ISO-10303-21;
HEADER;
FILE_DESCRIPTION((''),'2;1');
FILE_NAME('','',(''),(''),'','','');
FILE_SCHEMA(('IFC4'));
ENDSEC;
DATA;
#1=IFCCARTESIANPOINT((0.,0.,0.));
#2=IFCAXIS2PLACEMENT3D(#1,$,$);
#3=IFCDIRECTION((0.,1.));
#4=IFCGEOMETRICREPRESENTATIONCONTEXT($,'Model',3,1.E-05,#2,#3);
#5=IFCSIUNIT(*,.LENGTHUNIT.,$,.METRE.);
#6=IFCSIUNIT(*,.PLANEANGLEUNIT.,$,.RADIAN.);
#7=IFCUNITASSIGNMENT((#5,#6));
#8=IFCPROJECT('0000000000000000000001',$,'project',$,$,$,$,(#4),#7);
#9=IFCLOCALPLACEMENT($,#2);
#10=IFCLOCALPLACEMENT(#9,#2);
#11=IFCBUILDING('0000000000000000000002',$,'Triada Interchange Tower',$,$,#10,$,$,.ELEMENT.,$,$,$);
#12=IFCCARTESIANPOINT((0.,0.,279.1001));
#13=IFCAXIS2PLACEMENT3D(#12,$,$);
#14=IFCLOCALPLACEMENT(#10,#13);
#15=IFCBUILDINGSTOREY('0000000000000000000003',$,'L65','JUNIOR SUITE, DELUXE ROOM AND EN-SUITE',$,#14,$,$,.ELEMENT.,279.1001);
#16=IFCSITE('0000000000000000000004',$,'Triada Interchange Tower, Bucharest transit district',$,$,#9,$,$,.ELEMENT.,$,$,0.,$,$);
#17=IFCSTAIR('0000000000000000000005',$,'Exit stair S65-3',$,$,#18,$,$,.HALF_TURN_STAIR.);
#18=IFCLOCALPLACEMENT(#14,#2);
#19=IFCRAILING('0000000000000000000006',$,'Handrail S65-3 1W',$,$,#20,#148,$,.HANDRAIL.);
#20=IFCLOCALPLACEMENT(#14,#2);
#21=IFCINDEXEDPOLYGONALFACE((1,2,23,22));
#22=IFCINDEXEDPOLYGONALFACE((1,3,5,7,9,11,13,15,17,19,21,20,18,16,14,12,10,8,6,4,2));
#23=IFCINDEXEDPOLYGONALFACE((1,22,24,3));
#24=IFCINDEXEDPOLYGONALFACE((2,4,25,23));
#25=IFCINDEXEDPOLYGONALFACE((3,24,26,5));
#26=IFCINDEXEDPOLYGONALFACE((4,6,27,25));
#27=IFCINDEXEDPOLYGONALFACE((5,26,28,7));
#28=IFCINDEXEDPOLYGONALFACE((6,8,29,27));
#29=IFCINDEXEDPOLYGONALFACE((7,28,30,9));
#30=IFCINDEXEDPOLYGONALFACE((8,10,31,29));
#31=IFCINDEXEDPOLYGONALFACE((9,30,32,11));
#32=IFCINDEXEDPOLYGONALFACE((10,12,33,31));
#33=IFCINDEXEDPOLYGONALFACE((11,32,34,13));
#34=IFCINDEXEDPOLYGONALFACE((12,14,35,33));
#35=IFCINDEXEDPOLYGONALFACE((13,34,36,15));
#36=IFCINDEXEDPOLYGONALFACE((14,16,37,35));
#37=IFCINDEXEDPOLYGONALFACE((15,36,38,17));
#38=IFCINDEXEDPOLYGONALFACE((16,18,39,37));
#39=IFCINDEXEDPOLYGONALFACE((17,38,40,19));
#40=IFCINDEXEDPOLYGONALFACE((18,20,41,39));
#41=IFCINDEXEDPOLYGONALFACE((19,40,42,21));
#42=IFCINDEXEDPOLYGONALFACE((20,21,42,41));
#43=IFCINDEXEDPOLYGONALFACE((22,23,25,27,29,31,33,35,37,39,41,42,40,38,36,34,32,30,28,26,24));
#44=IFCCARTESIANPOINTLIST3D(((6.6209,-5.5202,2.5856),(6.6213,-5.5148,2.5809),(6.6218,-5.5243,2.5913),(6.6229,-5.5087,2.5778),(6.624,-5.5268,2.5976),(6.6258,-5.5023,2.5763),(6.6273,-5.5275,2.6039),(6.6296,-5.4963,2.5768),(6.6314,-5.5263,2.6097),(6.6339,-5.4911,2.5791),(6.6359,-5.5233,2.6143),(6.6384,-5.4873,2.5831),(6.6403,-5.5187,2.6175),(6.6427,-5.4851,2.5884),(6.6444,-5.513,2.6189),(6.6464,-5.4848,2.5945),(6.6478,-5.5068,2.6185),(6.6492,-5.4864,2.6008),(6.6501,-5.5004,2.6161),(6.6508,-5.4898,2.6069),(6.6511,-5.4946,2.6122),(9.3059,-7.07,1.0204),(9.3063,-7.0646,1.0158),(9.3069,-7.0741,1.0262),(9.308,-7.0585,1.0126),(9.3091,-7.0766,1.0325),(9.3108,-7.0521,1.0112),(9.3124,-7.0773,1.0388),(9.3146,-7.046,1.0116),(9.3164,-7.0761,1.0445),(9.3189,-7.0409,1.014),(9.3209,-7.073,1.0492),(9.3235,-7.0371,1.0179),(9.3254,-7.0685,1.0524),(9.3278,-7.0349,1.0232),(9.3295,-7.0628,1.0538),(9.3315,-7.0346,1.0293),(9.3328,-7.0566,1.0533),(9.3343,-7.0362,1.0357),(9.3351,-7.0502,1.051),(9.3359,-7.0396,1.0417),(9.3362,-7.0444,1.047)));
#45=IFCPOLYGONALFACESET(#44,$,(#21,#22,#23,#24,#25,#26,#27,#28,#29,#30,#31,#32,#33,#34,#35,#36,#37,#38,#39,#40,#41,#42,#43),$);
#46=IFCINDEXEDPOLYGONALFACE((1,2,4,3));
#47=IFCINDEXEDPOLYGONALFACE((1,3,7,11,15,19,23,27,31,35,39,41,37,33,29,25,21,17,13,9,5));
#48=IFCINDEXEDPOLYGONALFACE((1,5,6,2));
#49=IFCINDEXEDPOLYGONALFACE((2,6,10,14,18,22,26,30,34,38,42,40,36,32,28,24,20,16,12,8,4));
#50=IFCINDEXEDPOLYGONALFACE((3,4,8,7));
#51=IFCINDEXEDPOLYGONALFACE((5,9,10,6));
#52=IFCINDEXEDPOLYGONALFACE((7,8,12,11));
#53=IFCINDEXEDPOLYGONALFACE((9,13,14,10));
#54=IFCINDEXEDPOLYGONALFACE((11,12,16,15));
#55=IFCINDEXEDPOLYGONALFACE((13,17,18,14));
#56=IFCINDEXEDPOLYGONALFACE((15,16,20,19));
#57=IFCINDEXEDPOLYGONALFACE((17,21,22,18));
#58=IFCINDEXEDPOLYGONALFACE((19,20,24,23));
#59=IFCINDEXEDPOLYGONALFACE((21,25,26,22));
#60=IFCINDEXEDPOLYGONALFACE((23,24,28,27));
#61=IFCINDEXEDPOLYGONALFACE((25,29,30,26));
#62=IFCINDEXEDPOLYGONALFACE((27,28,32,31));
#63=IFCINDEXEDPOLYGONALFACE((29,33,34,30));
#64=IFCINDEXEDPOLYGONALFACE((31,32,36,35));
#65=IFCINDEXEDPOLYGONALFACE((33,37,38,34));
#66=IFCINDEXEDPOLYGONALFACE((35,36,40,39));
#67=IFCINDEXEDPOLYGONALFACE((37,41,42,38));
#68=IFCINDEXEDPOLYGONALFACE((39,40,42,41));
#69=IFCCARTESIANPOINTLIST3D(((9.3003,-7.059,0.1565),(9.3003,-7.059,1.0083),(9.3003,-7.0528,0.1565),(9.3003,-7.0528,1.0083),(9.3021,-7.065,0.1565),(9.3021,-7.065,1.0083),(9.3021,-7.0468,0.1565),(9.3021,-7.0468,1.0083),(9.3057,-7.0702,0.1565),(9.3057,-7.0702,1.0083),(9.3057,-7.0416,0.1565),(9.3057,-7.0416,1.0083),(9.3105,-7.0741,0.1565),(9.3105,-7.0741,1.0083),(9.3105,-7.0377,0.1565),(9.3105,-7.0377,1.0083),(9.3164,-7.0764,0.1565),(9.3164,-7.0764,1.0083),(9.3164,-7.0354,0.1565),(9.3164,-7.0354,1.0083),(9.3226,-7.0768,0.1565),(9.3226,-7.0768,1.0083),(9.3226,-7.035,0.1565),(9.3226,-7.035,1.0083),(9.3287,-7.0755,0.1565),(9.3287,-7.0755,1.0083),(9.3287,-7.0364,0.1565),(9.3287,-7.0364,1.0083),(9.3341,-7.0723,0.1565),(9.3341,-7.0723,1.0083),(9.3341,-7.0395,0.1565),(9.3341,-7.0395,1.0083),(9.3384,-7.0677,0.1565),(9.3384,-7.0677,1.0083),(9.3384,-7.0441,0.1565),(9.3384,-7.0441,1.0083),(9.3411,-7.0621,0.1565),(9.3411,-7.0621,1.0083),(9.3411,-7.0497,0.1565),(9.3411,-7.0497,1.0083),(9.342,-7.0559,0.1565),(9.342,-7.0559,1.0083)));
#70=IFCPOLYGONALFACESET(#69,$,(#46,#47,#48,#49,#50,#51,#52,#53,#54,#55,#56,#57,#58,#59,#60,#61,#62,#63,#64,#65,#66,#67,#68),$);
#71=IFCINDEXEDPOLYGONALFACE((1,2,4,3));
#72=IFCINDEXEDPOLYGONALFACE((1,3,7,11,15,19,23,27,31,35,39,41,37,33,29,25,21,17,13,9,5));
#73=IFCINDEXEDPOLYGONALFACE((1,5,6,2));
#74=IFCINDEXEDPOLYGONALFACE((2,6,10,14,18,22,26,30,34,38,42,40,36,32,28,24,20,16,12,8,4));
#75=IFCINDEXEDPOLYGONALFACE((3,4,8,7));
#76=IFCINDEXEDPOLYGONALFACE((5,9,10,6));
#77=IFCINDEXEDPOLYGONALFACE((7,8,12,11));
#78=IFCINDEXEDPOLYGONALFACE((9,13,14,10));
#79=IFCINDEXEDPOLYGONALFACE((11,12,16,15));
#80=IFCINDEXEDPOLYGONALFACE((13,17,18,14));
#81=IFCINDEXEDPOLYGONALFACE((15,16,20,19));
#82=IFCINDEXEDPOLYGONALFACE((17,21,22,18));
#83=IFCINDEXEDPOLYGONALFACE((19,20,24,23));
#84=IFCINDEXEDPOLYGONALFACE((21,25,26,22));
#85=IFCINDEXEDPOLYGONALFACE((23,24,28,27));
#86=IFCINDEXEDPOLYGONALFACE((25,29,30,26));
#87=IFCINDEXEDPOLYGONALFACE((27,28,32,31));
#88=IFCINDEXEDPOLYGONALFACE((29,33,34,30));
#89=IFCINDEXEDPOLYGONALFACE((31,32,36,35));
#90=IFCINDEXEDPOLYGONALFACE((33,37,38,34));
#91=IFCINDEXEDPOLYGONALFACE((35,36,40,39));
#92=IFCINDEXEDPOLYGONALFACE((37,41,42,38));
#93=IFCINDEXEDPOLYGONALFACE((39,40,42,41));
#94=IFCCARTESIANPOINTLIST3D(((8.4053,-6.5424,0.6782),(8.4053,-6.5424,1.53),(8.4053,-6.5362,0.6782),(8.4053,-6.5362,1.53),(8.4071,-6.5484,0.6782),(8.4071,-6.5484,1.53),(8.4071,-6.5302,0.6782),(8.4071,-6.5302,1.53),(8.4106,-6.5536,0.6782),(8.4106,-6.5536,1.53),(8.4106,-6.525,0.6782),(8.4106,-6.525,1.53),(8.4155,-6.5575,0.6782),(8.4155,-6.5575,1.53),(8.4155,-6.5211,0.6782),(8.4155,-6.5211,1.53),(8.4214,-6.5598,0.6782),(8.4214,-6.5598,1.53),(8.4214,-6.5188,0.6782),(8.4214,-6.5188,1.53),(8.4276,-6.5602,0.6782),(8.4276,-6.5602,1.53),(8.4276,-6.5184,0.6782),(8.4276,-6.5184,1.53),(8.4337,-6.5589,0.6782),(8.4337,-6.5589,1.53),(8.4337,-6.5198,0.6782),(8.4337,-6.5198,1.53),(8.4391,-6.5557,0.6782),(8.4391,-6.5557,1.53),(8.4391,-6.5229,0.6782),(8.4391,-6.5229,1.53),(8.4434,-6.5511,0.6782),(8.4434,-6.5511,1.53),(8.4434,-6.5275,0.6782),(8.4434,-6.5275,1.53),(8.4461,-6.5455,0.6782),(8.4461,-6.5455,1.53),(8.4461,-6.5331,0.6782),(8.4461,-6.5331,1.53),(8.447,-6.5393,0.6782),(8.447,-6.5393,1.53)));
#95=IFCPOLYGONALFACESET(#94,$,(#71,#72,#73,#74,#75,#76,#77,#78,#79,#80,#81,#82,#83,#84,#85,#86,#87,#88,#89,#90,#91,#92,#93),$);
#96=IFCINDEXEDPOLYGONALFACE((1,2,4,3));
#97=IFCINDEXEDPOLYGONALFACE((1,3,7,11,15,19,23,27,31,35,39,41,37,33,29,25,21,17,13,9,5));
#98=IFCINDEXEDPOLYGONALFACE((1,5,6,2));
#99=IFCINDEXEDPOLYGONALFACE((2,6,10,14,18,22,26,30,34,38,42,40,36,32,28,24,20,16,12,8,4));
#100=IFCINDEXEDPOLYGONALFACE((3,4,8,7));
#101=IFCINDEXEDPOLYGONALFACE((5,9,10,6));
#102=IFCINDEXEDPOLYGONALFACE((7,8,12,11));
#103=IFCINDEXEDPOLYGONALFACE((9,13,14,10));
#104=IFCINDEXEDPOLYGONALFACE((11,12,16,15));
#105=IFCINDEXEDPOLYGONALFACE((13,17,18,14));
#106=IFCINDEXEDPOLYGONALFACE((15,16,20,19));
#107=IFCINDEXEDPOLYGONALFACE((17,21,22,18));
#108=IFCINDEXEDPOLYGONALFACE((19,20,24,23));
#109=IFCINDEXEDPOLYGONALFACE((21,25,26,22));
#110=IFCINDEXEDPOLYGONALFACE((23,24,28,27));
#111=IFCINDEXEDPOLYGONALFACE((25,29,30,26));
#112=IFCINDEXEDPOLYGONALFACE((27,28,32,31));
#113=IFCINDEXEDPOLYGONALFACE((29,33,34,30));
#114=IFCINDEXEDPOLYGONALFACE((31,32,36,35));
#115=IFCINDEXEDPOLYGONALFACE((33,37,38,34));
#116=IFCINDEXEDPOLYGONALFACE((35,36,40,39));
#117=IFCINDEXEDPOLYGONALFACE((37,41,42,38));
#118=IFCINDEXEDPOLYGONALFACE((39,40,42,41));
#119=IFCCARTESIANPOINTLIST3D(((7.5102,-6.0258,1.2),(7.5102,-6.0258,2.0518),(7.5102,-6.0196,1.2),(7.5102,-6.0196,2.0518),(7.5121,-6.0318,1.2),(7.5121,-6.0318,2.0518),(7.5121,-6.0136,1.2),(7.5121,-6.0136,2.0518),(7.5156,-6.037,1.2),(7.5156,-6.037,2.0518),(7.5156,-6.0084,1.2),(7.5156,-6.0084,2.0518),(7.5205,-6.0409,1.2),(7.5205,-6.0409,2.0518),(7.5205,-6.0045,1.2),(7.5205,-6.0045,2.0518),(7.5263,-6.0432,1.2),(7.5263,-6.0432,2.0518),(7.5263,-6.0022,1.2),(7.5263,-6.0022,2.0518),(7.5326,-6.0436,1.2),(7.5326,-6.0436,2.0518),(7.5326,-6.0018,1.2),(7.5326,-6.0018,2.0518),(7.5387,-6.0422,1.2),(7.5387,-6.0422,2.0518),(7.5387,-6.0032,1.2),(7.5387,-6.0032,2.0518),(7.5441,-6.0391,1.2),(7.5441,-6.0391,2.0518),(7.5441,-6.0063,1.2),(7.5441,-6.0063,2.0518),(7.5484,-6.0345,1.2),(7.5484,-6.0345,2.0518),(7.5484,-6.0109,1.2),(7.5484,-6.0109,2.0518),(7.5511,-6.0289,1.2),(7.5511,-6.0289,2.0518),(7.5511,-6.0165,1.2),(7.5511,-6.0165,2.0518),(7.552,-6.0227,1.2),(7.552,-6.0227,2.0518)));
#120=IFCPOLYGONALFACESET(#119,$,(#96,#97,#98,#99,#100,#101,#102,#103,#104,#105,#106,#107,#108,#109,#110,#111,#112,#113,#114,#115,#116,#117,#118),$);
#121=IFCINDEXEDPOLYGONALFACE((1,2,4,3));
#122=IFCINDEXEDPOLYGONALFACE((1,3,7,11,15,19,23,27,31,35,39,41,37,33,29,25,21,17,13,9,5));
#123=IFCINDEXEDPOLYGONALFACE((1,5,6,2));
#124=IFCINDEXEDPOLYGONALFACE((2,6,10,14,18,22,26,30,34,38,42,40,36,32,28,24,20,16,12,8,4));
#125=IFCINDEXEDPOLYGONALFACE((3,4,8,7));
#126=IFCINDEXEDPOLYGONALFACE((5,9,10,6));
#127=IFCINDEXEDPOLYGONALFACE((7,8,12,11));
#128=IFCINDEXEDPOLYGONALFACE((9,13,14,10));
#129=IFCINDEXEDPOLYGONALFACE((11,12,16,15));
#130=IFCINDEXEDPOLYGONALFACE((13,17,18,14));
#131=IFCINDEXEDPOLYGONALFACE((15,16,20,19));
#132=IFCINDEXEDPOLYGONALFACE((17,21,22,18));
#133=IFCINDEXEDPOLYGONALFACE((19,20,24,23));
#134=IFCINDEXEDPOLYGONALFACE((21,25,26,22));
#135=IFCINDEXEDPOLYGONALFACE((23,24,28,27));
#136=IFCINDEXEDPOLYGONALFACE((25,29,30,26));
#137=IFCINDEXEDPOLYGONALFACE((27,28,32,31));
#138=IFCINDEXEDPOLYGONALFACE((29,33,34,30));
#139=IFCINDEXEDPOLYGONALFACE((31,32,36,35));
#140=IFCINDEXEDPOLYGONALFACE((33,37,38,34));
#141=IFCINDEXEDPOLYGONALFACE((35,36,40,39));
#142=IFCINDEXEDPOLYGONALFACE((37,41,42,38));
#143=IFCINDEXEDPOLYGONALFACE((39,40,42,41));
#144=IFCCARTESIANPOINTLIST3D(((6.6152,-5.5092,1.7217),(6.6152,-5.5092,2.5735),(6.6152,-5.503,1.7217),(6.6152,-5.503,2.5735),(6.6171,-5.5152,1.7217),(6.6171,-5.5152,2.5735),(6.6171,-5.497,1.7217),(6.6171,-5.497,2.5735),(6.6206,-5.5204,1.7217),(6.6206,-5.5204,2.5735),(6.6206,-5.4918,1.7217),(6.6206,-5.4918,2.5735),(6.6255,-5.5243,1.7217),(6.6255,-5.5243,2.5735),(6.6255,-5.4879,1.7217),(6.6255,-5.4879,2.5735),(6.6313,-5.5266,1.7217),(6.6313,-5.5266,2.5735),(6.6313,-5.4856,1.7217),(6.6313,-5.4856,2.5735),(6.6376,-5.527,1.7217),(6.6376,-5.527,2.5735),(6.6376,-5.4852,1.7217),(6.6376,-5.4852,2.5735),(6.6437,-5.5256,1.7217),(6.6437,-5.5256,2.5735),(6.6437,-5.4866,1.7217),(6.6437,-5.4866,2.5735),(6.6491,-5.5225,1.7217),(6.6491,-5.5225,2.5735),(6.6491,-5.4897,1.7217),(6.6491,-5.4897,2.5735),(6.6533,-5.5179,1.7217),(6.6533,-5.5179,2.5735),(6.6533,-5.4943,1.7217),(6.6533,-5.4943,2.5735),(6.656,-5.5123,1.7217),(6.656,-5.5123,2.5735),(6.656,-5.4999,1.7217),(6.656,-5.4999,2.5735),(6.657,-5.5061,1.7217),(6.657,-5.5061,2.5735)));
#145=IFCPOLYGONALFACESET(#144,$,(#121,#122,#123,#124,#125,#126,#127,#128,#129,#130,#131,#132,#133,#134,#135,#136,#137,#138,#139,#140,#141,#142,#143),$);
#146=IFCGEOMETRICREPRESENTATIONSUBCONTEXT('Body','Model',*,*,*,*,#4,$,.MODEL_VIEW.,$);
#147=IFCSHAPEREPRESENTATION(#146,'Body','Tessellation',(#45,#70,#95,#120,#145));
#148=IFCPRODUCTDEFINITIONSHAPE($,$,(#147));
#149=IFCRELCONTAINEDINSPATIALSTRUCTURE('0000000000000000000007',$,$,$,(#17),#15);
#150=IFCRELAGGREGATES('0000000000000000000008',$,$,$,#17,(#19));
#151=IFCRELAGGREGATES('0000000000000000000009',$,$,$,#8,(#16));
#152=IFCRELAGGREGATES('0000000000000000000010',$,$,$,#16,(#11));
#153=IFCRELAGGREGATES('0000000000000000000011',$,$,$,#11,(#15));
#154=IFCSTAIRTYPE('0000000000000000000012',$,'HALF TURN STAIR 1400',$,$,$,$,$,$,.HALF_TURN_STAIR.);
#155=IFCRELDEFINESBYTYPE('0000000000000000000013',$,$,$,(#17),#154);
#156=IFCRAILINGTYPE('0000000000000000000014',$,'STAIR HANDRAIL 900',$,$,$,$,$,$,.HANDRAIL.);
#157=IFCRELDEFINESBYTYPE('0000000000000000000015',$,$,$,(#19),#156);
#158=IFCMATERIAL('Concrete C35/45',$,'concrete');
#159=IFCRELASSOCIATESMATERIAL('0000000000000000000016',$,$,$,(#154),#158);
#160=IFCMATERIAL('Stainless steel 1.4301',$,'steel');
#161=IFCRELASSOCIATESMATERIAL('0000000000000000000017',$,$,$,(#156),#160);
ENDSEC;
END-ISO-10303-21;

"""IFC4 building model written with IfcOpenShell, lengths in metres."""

from ifc_helpers import new_model, si_unit, direction, frame, origin, origin_2d, place, context, subcontext, project, spatial, circle, extrude, material, type_object, element, aggregate, save


model = new_model("IFC4")

# Units and contexts
model_context = context("Model", 3, precision=1e-05, world=origin(), true_north=direction((0.0, 1.0)))
body_context = subcontext(model_context, "Body", "Model", "MODEL_VIEW")
ifc_project = project(units=[si_unit("LENGTHUNIT", "METRE"), si_unit("PLANEANGLEUNIT", "RADIAN")], contexts=[model_context])

# Site, building, storey
site_placement = place(None, origin())
site = spatial("IfcSite", under=ifc_project, at=site_placement, Name="Triada Interchange Tower, Bucharest transit district", CompositionType="ELEMENT", RefElevation=0.0)
building_placement = place(site_placement, origin())
building = spatial("IfcBuilding", under=site, at=building_placement, Name="Triada Interchange Tower", CompositionType="ELEMENT")
storey_placement = place(building_placement, frame((0.0, 0.0, 279.1001)))
storey = spatial("IfcBuildingStorey", under=building, at=storey_placement, Name="L65", Description="JUNIOR SUITE, DELUXE ROOM AND EN-SUITE", CompositionType="ELEMENT", Elevation=279.1001)

# Stair, railing
ifc_material_1 = material(Name="Concrete C35/45", Category="concrete")
stair_type = type_object("IfcStairType", Name="HALF TURN STAIR 1400", PredefinedType="HALF_TURN_STAIR", material=ifc_material_1)
stair_placement = place(storey_placement, origin())
stair = element("IfcStair", 1, at=stair_placement, inside=storey, type_object=stair_type, Name="Exit stair S65-3", PredefinedType="HALF_TURN_STAIR")
ifc_material_2 = material(Name="Stainless steel 1.4301", Category="steel")
railing_type = type_object("IfcRailingType", Name="STAIR HANDRAIL 900", PredefinedType="HANDRAIL", material=ifc_material_2)
railing_1_placement = place(storey_placement, frame((9.321, -7.0559, 0.1565)))
railing_1 = element("IfcRailing", 2, at=railing_1_placement, type_object=railing_type, Name="Handrail S65-3 1W", PredefinedType="HANDRAIL", context=body_context, shape_type="SweptSolid", body=[
    extrude(circle(Radius=0.0239, at=origin_2d()), frame((0.0, 0.0, 0.876), z_axis=(-0.773139, 0.446253, 0.450682), x_axis=(-0.4999, -0.866083, 0.0)), (0.0, 0.0, 1.0), 3.4729),
    extrude(circle(Radius=0.021, at=origin_2d()), origin(), (0.0, 0.0, 1.0), 0.8518),
    extrude(circle(Radius=0.021, at=origin_2d()), frame((-0.895, 0.5166, 0.5217)), (0.0, 0.0, 1.0), 0.8518),
    extrude(circle(Radius=0.021, at=origin_2d()), frame((-1.79, 1.0332, 1.0435)), (0.0, 0.0, 1.0), 0.8518),
    extrude(circle(Radius=0.021, at=origin_2d()), frame((-2.6851, 1.5498, 1.5652)), (0.0, 0.0, 1.0), 0.8518),
])
aggregate(stair, [railing_1])

save(model, "model.ifc")
